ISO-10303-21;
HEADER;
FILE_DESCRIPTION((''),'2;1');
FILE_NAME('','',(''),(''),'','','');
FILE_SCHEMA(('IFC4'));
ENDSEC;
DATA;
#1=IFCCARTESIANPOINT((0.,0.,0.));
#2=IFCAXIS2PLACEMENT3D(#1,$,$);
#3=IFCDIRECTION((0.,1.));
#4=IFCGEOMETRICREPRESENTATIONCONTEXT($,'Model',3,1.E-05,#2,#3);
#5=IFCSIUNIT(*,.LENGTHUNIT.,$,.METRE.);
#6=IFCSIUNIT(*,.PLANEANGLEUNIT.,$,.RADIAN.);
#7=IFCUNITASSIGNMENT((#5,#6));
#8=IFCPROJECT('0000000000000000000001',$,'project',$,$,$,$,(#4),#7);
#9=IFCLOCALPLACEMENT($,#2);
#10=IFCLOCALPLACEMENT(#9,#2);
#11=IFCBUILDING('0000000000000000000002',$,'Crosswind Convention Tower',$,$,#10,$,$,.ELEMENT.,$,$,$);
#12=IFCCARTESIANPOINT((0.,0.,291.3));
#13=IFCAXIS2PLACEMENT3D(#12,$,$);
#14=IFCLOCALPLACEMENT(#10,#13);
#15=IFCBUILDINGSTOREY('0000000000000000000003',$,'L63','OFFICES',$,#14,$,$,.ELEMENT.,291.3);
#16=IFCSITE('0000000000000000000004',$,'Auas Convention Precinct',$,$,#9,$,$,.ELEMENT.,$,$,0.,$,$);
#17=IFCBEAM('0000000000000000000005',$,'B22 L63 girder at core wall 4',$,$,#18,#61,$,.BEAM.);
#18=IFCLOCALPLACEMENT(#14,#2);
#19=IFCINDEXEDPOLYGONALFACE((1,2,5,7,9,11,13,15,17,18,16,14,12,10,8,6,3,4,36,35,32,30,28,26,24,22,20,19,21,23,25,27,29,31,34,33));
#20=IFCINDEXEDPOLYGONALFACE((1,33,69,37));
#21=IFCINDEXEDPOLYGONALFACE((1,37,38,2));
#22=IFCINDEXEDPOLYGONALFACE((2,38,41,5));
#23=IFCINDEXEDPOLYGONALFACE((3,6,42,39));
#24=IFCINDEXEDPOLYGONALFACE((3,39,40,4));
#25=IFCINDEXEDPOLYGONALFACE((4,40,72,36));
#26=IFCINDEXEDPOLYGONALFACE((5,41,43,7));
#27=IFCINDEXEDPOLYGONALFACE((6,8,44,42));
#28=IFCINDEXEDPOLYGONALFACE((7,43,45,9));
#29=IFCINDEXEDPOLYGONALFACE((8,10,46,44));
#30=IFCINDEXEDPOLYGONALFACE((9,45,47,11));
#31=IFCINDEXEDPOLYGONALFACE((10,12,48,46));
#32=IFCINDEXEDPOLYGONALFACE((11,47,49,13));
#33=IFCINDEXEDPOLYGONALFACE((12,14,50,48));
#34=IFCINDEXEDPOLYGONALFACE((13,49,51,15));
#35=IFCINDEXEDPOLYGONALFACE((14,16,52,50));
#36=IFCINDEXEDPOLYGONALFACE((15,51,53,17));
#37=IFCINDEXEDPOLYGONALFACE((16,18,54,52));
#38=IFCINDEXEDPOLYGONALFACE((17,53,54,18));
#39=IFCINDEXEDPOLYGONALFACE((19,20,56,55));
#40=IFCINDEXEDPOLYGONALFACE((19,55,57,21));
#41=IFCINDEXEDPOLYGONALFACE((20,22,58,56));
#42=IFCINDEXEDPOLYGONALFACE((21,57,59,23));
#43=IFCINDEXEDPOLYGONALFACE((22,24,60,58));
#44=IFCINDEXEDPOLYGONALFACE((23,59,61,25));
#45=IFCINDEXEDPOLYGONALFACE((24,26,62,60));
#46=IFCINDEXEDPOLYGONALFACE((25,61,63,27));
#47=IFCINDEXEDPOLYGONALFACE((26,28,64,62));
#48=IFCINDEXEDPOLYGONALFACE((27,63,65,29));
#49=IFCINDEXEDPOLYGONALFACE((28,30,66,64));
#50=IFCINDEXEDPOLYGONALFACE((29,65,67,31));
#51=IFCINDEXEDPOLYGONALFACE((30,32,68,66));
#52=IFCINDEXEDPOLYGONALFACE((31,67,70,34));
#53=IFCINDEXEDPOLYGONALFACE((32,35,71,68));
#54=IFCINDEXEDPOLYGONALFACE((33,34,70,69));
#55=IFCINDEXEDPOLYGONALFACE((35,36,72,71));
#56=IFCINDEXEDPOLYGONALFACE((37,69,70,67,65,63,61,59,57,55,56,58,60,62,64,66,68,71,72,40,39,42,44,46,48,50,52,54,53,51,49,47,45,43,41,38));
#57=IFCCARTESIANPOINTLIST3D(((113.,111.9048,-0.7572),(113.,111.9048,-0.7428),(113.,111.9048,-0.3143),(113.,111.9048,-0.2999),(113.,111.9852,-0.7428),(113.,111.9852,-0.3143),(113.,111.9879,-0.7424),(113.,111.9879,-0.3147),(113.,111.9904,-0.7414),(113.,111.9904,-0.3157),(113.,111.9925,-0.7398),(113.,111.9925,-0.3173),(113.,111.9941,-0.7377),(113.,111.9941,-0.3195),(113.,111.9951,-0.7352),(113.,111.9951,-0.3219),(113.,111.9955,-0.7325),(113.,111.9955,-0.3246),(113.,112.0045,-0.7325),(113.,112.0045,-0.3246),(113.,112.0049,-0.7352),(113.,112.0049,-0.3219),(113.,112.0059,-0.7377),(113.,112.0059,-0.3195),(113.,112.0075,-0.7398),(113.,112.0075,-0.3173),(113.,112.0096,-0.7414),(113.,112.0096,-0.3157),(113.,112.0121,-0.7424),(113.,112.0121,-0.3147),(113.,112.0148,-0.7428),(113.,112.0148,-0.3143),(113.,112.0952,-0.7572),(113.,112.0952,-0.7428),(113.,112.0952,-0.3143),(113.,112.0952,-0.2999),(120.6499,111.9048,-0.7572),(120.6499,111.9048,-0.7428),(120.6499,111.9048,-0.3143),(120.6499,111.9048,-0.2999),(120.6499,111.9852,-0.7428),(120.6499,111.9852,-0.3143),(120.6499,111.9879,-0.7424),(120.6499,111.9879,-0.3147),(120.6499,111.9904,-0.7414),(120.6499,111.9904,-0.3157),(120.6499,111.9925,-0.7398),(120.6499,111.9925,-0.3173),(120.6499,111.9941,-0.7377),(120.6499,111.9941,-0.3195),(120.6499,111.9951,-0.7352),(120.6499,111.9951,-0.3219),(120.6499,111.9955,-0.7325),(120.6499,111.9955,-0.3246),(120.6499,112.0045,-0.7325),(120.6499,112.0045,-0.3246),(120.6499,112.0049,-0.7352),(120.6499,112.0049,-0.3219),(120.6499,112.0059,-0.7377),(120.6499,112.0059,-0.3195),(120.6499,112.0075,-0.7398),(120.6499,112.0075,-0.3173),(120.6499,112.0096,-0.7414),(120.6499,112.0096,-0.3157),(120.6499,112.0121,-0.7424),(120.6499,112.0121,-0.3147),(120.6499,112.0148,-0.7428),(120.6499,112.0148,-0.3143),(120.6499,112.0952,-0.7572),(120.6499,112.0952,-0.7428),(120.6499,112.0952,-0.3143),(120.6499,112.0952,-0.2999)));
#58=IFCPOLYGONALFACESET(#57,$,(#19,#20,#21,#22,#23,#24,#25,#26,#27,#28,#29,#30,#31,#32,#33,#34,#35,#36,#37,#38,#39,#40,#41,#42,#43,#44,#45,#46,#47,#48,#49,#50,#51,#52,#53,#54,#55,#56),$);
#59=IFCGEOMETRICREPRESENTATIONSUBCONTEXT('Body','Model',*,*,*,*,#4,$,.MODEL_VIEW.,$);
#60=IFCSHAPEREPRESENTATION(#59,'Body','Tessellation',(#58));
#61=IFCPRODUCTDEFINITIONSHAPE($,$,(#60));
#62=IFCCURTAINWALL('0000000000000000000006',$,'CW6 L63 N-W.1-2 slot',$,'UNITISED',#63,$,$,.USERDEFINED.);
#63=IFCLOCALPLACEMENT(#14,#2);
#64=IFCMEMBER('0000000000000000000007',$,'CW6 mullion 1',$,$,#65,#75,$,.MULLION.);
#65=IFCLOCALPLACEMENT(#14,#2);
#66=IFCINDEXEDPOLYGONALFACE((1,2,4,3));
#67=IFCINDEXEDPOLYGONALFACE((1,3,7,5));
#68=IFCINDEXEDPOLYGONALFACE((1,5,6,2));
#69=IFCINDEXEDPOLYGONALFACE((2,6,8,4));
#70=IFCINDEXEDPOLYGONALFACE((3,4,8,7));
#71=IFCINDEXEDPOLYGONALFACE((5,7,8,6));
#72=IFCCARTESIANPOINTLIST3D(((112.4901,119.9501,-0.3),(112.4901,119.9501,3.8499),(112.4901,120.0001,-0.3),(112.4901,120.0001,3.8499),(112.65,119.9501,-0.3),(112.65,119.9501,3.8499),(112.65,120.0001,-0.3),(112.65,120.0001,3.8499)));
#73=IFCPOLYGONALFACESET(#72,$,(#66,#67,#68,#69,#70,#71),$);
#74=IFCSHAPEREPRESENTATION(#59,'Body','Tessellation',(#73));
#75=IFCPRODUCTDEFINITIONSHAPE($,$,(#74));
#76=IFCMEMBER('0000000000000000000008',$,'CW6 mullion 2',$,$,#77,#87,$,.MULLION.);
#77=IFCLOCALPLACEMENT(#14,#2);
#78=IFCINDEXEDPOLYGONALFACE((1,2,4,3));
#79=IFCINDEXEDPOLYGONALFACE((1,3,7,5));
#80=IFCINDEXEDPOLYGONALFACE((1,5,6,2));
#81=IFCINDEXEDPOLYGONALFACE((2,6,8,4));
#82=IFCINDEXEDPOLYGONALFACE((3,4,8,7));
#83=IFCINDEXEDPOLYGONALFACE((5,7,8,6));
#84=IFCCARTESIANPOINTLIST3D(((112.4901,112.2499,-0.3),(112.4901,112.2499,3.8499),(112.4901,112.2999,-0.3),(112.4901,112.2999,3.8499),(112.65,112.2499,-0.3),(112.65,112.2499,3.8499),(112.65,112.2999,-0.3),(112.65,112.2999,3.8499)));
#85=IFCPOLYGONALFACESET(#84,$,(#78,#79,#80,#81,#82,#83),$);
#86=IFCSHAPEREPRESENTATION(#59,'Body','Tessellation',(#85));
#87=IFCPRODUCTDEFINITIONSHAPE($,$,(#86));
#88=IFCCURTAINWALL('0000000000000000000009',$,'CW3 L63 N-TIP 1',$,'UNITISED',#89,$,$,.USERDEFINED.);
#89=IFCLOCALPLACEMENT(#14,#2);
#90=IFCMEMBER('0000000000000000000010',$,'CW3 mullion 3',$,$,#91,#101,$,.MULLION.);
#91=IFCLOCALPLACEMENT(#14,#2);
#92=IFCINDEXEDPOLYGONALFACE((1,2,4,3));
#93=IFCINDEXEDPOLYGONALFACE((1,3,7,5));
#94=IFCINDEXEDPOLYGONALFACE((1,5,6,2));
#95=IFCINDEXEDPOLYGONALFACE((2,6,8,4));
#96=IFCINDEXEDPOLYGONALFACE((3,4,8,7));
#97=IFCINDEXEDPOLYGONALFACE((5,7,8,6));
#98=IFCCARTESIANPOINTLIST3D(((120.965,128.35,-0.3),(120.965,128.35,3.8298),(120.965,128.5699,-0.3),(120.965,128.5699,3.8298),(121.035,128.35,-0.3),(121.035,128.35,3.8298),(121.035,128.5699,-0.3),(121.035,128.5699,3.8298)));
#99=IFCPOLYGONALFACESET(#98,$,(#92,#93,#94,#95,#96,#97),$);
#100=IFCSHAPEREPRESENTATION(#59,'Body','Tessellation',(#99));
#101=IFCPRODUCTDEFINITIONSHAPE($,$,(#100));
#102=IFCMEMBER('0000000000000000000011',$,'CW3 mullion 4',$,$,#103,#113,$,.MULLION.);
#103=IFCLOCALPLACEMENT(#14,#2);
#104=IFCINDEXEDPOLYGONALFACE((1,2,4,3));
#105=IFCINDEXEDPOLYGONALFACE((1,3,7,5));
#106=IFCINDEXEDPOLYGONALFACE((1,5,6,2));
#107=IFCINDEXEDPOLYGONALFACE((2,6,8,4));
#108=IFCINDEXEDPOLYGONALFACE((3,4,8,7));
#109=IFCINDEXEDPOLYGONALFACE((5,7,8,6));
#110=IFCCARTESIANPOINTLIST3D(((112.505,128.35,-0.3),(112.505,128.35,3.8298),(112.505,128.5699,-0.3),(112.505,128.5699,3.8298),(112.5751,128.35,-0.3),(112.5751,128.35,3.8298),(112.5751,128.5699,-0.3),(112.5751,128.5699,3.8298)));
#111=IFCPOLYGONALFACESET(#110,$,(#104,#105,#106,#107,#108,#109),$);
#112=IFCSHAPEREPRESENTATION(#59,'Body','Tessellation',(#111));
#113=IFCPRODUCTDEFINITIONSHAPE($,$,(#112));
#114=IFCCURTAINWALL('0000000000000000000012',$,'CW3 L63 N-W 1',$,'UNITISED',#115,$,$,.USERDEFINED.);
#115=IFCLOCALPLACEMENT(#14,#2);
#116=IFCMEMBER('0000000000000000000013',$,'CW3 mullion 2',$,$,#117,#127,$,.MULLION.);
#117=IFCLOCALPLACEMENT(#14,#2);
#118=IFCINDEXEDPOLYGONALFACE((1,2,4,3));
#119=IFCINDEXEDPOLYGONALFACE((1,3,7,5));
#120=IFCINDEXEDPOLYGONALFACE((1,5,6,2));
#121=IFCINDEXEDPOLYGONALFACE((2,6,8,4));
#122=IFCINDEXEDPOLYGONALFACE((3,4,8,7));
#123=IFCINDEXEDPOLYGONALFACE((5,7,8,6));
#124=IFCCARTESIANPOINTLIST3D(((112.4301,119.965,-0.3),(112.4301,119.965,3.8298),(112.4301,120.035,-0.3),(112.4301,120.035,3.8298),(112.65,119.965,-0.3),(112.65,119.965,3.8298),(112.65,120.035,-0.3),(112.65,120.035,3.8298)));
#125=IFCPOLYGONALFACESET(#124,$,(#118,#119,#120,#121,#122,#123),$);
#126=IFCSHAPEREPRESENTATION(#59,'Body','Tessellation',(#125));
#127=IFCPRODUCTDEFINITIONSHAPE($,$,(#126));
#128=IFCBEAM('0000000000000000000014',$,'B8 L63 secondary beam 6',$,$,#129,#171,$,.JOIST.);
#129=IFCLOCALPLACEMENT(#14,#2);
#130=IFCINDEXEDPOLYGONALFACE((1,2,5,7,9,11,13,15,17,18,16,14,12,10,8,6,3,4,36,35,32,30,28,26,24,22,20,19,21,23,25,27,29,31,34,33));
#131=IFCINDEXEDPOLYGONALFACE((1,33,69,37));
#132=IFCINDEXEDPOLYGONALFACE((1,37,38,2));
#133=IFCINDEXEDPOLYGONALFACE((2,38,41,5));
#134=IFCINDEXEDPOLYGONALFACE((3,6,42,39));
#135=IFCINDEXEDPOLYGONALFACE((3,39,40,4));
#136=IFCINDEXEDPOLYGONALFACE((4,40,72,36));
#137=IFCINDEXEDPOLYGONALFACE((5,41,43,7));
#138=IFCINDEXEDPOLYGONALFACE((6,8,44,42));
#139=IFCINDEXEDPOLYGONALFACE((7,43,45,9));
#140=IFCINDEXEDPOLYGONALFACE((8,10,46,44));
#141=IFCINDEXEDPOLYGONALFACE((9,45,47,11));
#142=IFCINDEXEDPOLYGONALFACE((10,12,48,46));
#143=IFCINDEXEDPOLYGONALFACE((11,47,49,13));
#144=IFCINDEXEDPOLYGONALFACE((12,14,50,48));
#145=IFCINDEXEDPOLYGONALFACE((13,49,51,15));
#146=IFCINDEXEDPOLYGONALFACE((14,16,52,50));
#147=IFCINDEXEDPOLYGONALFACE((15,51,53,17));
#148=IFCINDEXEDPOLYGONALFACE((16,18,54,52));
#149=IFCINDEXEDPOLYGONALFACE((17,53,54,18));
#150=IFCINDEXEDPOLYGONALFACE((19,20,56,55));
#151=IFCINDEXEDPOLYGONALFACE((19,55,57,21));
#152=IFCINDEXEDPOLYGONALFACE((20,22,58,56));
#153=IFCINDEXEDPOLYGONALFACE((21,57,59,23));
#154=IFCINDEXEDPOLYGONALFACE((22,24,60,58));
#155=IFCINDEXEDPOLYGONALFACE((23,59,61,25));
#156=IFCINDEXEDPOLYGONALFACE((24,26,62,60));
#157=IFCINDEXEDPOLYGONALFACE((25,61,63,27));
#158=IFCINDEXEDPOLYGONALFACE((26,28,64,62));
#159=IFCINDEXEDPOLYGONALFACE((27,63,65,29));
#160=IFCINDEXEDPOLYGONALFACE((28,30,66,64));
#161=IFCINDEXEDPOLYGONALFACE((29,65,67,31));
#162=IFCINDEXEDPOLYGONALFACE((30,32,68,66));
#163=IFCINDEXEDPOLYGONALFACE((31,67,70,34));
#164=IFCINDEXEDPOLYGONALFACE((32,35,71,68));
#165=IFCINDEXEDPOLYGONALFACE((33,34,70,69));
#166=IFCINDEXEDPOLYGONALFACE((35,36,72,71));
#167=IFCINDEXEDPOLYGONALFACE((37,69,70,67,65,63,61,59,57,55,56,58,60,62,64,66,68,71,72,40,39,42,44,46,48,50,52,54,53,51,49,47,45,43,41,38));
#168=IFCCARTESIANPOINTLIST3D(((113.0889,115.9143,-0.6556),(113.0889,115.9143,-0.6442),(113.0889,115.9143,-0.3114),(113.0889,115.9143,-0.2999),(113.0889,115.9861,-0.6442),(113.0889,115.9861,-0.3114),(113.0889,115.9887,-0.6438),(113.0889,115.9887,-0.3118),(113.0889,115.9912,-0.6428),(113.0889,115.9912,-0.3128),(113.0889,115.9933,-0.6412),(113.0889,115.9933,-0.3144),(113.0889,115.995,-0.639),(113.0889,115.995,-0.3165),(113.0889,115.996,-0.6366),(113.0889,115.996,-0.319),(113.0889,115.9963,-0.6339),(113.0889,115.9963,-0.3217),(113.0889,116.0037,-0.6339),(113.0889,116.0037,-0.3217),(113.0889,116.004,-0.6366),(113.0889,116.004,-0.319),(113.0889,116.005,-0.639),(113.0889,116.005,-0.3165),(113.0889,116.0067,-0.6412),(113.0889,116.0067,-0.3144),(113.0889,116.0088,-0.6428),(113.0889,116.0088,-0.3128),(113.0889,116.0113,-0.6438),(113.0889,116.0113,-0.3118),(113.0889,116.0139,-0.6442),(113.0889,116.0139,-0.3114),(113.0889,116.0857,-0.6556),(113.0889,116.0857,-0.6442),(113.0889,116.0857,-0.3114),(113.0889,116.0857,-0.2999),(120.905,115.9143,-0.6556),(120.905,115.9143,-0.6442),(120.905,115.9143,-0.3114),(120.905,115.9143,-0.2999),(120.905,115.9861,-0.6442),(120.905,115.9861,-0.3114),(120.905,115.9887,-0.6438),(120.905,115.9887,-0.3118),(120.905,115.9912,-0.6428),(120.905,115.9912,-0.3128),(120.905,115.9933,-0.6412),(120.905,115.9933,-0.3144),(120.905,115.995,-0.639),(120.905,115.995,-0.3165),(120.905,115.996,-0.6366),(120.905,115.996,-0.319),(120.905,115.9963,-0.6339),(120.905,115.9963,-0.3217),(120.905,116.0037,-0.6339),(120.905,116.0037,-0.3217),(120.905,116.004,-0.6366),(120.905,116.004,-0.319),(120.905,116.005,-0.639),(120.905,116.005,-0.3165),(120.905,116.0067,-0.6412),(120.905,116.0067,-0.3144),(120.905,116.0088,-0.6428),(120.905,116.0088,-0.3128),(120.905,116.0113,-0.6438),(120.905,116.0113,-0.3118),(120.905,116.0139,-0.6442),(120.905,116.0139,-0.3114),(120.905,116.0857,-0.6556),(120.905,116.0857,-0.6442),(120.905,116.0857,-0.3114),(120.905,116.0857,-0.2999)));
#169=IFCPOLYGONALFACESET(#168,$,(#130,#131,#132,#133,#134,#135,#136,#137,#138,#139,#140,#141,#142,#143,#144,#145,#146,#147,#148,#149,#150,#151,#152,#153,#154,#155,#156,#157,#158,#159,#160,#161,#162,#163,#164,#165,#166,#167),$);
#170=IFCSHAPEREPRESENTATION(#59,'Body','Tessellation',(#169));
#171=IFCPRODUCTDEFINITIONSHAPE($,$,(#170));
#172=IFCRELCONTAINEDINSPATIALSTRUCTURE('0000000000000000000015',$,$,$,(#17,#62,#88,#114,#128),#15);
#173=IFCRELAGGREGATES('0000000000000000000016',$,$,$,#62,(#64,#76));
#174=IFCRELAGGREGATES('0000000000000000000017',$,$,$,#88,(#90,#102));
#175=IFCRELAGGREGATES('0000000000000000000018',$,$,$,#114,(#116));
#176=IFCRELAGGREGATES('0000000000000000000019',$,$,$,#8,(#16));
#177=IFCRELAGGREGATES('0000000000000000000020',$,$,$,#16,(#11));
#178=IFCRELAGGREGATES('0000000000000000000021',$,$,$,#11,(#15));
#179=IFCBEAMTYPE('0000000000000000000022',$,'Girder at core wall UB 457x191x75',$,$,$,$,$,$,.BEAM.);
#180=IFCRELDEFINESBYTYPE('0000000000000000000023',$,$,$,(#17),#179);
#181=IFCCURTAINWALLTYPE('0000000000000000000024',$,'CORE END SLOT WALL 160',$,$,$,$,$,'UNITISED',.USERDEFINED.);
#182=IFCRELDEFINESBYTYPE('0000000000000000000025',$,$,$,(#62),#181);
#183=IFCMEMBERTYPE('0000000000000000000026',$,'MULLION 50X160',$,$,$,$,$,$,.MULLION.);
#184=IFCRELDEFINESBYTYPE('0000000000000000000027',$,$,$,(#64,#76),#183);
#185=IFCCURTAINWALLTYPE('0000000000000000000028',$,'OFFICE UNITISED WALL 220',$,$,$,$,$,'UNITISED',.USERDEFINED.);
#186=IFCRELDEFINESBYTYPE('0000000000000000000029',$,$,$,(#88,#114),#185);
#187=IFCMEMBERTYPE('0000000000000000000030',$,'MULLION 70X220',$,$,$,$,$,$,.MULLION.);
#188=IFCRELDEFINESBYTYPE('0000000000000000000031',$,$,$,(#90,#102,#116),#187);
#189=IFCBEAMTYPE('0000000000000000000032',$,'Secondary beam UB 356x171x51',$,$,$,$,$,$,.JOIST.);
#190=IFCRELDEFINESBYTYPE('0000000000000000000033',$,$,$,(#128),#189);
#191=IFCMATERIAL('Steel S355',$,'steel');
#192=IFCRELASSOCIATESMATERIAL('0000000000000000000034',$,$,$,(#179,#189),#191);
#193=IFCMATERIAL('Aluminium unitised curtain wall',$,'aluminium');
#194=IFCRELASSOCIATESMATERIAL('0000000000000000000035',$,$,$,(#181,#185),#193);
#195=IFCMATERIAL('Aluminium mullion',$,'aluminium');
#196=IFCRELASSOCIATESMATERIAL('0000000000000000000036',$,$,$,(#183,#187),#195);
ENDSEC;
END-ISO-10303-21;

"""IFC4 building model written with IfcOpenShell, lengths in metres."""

from ifc_helpers import new_model, si_unit, direction, frame, origin, origin_2d, place, context, subcontext, project, spatial, rectangle, i_section, extrude, material, material_profile, profile_set, type_object, element, aggregate, save


model = new_model("IFC4")

# Units and contexts
model_context = context("Model", 3, precision=1e-05, world=origin(), true_north=direction((0.0, 1.0)))
body_context = subcontext(model_context, "Body", "Model", "MODEL_VIEW")
ifc_project = project(units=[si_unit("LENGTHUNIT", "METRE"), si_unit("PLANEANGLEUNIT", "RADIAN")], contexts=[model_context])

# Site, building, storey
site_placement = place(None, origin())
site = spatial("IfcSite", under=ifc_project, at=site_placement, Name="Auas Convention Precinct", CompositionType="ELEMENT", RefElevation=0.0)
building_placement = place(site_placement, origin())
building = spatial("IfcBuilding", under=site, at=building_placement, Name="Crosswind Convention Tower", CompositionType="ELEMENT")
storey_placement = place(building_placement, frame((0.0, 0.0, 291.3)))
storey = spatial("IfcBuildingStorey", under=building, at=storey_placement, Name="L63", Description="OFFICES", CompositionType="ELEMENT", Elevation=291.3)

# Beam
ifc_material_1 = material(Name="Steel S355", Category="steel")
ifc_material_profile_1 = material_profile(ifc_material_1, i_section(OverallWidth=0.1904, OverallDepth=0.4573, WebThickness=0.009, FlangeThickness=0.0144, FilletRadius=0.0103, at=origin_2d()), Name="UB 457x191x75")
ifc_profile_set_1 = profile_set([ifc_material_profile_1], Name="Steel S355")
beam_type_1 = type_object("IfcBeamType", Name="Girder at core wall UB 457x191x75", PredefinedType="BEAM", material=ifc_profile_set_1)
beam_1_placement = place(storey_placement, frame((113.0, 112.0, -0.5286), z_axis=(1.0, 0.0, 0.0), x_axis=(0.0, 1.0, 0.0)))
element("IfcBeam", 1, at=beam_1_placement, inside=storey, type_object=beam_type_1, Name="B22 L63 girder at core wall 4", PredefinedType="BEAM", context=body_context, shape_type="SweptSolid", body=[
    extrude(i_section(OverallWidth=0.1904, OverallDepth=0.4573, WebThickness=0.009, FlangeThickness=0.0144, FilletRadius=0.0103, at=origin_2d()), origin(), (0.0, 0.0, 1.0), 7.6499),
])

# Curtain walls, members
ifc_material_2 = material(Name="Aluminium unitised curtain wall", Category="aluminium")
curtain_wall_type_1 = type_object("IfcCurtainWallType", Name="CORE END SLOT WALL 160", ElementType="UNITISED", PredefinedType="USERDEFINED", material=ifc_material_2)
curtain_wall_1_placement = place(storey_placement, origin())
curtain_wall_1 = element("IfcCurtainWall", 2, at=curtain_wall_1_placement, inside=storey, type_object=curtain_wall_type_1, Name="CW6 L63 N-W.1-2 slot", ObjectType="UNITISED", PredefinedType="USERDEFINED")
ifc_material_3 = material(Name="Aluminium mullion", Category="aluminium")
ifc_material_profile_2 = material_profile(ifc_material_3, rectangle(XDim=0.1599, YDim=0.05, at=origin_2d()), Name="AL 160X50")
ifc_profile_set_2 = profile_set([ifc_material_profile_2], Name="Aluminium mullion")
member_type_1 = type_object("IfcMemberType", Name="MULLION 50X160", PredefinedType="MULLION", material=ifc_profile_set_2)
member_1_placement = place(storey_placement, frame((112.5701, 119.9751, -0.3), z_axis=(0.0, 0.0, 1.0), x_axis=(-1.0, 0.0, 0.0)))
member_1 = element("IfcMember", 3, at=member_1_placement, type_object=member_type_1, Name="CW6 mullion 1", PredefinedType="MULLION", context=body_context, shape_type="SweptSolid", body=[
    extrude(rectangle(XDim=0.1599, YDim=0.05, at=origin_2d()), origin(), (0.0, 0.0, 1.0), 4.1499),
])
member_2_placement = place(storey_placement, frame((112.5701, 112.2749, -0.3), z_axis=(0.0, 0.0, 1.0), x_axis=(-1.0, 0.0, 0.0)))
member_2 = element("IfcMember", 4, at=member_2_placement, type_object=member_type_1, Name="CW6 mullion 2", PredefinedType="MULLION", context=body_context, shape_type="SweptSolid", body=[
    extrude(rectangle(XDim=0.1599, YDim=0.05, at=origin_2d()), origin(), (0.0, 0.0, 1.0), 4.1499),
])
curtain_wall_type_2 = type_object("IfcCurtainWallType", Name="OFFICE UNITISED WALL 220", ElementType="UNITISED", PredefinedType="USERDEFINED", material=ifc_material_2)
curtain_wall_2_placement = place(storey_placement, origin())
curtain_wall_2 = element("IfcCurtainWall", 5, at=curtain_wall_2_placement, inside=storey, type_object=curtain_wall_type_2, Name="CW3 L63 N-TIP 1", ObjectType="UNITISED", PredefinedType="USERDEFINED")
ifc_material_profile_3 = material_profile(ifc_material_3, rectangle(XDim=0.22, YDim=0.0701, at=origin_2d()), Name="AL 220X70")
ifc_profile_set_3 = profile_set([ifc_material_profile_3], Name="Aluminium mullion")
member_type_2 = type_object("IfcMemberType", Name="MULLION 70X220", PredefinedType="MULLION", material=ifc_profile_set_3)
member_3_placement = place(storey_placement, frame((121.0, 128.46, -0.3), z_axis=(0.0, 0.0, 1.0), x_axis=(0.0, 1.0, 0.0)))
member_3 = element("IfcMember", 6, at=member_3_placement, type_object=member_type_2, Name="CW3 mullion 3", PredefinedType="MULLION", context=body_context, shape_type="SweptSolid", body=[
    extrude(rectangle(XDim=0.22, YDim=0.0701, at=origin_2d()), origin(), (0.0, 0.0, 1.0), 4.1299),
])
member_4_placement = place(storey_placement, frame((112.54, 128.46, -0.3), z_axis=(0.0, 0.0, 1.0), x_axis=(0.0, 1.0, 0.0)))
member_4 = element("IfcMember", 7, at=member_4_placement, type_object=member_type_2, Name="CW3 mullion 4", PredefinedType="MULLION", context=body_context, shape_type="SweptSolid", body=[
    extrude(rectangle(XDim=0.22, YDim=0.0701, at=origin_2d()), origin(), (0.0, 0.0, 1.0), 4.1299),
])

# Curtain wall, member
curtain_wall_3_placement = place(storey_placement, origin())
curtain_wall_3 = element("IfcCurtainWall", 8, at=curtain_wall_3_placement, inside=storey, type_object=curtain_wall_type_2, Name="CW3 L63 N-W 1", ObjectType="UNITISED", PredefinedType="USERDEFINED")
member_5_placement = place(storey_placement, frame((112.54, 120.0, -0.3), z_axis=(0.0, 0.0, 1.0), x_axis=(-1.0, 0.0, 0.0)))
member_5 = element("IfcMember", 9, at=member_5_placement, type_object=member_type_2, Name="CW3 mullion 2", PredefinedType="MULLION", context=body_context, shape_type="SweptSolid", body=[
    extrude(rectangle(XDim=0.22, YDim=0.0701, at=origin_2d()), origin(), (0.0, 0.0, 1.0), 4.1299),
])

# Beam
ifc_material_profile_4 = material_profile(ifc_material_1, i_section(OverallWidth=0.1714, OverallDepth=0.3557, WebThickness=0.0073, FlangeThickness=0.0115, FilletRadius=0.0103, at=origin_2d()), Name="UB 356x171x51")
ifc_profile_set_4 = profile_set([ifc_material_profile_4], Name="Steel S355")
beam_type_2 = type_object("IfcBeamType", Name="Secondary beam UB 356x171x51", PredefinedType="JOIST", material=ifc_profile_set_4)
for number, where, z_axis, x_axis, name in (
    (10, (113.0889, 116.0, -0.4778), (1.0, 0.0, 0.0), (0.0, 1.0, 0.0), "B8 L63 secondary beam 6"),
):
    element("IfcBeam", number, at=place(storey_placement, frame(where, z_axis=z_axis, x_axis=x_axis)), inside=storey, type_object=beam_type_2, Name=name, PredefinedType="JOIST", context=body_context, shape_type="SweptSolid", body=[
        extrude(i_section(OverallWidth=0.1714, OverallDepth=0.3557, WebThickness=0.0073, FlangeThickness=0.0115, FilletRadius=0.0103, at=origin_2d()), origin(), (0.0, 0.0, 1.0), 7.8162),
    ])

aggregate(curtain_wall_1, [member_1, member_2])
aggregate(curtain_wall_2, [member_3, member_4])

aggregate(curtain_wall_3, [member_5])

save(model, "model.ifc")
